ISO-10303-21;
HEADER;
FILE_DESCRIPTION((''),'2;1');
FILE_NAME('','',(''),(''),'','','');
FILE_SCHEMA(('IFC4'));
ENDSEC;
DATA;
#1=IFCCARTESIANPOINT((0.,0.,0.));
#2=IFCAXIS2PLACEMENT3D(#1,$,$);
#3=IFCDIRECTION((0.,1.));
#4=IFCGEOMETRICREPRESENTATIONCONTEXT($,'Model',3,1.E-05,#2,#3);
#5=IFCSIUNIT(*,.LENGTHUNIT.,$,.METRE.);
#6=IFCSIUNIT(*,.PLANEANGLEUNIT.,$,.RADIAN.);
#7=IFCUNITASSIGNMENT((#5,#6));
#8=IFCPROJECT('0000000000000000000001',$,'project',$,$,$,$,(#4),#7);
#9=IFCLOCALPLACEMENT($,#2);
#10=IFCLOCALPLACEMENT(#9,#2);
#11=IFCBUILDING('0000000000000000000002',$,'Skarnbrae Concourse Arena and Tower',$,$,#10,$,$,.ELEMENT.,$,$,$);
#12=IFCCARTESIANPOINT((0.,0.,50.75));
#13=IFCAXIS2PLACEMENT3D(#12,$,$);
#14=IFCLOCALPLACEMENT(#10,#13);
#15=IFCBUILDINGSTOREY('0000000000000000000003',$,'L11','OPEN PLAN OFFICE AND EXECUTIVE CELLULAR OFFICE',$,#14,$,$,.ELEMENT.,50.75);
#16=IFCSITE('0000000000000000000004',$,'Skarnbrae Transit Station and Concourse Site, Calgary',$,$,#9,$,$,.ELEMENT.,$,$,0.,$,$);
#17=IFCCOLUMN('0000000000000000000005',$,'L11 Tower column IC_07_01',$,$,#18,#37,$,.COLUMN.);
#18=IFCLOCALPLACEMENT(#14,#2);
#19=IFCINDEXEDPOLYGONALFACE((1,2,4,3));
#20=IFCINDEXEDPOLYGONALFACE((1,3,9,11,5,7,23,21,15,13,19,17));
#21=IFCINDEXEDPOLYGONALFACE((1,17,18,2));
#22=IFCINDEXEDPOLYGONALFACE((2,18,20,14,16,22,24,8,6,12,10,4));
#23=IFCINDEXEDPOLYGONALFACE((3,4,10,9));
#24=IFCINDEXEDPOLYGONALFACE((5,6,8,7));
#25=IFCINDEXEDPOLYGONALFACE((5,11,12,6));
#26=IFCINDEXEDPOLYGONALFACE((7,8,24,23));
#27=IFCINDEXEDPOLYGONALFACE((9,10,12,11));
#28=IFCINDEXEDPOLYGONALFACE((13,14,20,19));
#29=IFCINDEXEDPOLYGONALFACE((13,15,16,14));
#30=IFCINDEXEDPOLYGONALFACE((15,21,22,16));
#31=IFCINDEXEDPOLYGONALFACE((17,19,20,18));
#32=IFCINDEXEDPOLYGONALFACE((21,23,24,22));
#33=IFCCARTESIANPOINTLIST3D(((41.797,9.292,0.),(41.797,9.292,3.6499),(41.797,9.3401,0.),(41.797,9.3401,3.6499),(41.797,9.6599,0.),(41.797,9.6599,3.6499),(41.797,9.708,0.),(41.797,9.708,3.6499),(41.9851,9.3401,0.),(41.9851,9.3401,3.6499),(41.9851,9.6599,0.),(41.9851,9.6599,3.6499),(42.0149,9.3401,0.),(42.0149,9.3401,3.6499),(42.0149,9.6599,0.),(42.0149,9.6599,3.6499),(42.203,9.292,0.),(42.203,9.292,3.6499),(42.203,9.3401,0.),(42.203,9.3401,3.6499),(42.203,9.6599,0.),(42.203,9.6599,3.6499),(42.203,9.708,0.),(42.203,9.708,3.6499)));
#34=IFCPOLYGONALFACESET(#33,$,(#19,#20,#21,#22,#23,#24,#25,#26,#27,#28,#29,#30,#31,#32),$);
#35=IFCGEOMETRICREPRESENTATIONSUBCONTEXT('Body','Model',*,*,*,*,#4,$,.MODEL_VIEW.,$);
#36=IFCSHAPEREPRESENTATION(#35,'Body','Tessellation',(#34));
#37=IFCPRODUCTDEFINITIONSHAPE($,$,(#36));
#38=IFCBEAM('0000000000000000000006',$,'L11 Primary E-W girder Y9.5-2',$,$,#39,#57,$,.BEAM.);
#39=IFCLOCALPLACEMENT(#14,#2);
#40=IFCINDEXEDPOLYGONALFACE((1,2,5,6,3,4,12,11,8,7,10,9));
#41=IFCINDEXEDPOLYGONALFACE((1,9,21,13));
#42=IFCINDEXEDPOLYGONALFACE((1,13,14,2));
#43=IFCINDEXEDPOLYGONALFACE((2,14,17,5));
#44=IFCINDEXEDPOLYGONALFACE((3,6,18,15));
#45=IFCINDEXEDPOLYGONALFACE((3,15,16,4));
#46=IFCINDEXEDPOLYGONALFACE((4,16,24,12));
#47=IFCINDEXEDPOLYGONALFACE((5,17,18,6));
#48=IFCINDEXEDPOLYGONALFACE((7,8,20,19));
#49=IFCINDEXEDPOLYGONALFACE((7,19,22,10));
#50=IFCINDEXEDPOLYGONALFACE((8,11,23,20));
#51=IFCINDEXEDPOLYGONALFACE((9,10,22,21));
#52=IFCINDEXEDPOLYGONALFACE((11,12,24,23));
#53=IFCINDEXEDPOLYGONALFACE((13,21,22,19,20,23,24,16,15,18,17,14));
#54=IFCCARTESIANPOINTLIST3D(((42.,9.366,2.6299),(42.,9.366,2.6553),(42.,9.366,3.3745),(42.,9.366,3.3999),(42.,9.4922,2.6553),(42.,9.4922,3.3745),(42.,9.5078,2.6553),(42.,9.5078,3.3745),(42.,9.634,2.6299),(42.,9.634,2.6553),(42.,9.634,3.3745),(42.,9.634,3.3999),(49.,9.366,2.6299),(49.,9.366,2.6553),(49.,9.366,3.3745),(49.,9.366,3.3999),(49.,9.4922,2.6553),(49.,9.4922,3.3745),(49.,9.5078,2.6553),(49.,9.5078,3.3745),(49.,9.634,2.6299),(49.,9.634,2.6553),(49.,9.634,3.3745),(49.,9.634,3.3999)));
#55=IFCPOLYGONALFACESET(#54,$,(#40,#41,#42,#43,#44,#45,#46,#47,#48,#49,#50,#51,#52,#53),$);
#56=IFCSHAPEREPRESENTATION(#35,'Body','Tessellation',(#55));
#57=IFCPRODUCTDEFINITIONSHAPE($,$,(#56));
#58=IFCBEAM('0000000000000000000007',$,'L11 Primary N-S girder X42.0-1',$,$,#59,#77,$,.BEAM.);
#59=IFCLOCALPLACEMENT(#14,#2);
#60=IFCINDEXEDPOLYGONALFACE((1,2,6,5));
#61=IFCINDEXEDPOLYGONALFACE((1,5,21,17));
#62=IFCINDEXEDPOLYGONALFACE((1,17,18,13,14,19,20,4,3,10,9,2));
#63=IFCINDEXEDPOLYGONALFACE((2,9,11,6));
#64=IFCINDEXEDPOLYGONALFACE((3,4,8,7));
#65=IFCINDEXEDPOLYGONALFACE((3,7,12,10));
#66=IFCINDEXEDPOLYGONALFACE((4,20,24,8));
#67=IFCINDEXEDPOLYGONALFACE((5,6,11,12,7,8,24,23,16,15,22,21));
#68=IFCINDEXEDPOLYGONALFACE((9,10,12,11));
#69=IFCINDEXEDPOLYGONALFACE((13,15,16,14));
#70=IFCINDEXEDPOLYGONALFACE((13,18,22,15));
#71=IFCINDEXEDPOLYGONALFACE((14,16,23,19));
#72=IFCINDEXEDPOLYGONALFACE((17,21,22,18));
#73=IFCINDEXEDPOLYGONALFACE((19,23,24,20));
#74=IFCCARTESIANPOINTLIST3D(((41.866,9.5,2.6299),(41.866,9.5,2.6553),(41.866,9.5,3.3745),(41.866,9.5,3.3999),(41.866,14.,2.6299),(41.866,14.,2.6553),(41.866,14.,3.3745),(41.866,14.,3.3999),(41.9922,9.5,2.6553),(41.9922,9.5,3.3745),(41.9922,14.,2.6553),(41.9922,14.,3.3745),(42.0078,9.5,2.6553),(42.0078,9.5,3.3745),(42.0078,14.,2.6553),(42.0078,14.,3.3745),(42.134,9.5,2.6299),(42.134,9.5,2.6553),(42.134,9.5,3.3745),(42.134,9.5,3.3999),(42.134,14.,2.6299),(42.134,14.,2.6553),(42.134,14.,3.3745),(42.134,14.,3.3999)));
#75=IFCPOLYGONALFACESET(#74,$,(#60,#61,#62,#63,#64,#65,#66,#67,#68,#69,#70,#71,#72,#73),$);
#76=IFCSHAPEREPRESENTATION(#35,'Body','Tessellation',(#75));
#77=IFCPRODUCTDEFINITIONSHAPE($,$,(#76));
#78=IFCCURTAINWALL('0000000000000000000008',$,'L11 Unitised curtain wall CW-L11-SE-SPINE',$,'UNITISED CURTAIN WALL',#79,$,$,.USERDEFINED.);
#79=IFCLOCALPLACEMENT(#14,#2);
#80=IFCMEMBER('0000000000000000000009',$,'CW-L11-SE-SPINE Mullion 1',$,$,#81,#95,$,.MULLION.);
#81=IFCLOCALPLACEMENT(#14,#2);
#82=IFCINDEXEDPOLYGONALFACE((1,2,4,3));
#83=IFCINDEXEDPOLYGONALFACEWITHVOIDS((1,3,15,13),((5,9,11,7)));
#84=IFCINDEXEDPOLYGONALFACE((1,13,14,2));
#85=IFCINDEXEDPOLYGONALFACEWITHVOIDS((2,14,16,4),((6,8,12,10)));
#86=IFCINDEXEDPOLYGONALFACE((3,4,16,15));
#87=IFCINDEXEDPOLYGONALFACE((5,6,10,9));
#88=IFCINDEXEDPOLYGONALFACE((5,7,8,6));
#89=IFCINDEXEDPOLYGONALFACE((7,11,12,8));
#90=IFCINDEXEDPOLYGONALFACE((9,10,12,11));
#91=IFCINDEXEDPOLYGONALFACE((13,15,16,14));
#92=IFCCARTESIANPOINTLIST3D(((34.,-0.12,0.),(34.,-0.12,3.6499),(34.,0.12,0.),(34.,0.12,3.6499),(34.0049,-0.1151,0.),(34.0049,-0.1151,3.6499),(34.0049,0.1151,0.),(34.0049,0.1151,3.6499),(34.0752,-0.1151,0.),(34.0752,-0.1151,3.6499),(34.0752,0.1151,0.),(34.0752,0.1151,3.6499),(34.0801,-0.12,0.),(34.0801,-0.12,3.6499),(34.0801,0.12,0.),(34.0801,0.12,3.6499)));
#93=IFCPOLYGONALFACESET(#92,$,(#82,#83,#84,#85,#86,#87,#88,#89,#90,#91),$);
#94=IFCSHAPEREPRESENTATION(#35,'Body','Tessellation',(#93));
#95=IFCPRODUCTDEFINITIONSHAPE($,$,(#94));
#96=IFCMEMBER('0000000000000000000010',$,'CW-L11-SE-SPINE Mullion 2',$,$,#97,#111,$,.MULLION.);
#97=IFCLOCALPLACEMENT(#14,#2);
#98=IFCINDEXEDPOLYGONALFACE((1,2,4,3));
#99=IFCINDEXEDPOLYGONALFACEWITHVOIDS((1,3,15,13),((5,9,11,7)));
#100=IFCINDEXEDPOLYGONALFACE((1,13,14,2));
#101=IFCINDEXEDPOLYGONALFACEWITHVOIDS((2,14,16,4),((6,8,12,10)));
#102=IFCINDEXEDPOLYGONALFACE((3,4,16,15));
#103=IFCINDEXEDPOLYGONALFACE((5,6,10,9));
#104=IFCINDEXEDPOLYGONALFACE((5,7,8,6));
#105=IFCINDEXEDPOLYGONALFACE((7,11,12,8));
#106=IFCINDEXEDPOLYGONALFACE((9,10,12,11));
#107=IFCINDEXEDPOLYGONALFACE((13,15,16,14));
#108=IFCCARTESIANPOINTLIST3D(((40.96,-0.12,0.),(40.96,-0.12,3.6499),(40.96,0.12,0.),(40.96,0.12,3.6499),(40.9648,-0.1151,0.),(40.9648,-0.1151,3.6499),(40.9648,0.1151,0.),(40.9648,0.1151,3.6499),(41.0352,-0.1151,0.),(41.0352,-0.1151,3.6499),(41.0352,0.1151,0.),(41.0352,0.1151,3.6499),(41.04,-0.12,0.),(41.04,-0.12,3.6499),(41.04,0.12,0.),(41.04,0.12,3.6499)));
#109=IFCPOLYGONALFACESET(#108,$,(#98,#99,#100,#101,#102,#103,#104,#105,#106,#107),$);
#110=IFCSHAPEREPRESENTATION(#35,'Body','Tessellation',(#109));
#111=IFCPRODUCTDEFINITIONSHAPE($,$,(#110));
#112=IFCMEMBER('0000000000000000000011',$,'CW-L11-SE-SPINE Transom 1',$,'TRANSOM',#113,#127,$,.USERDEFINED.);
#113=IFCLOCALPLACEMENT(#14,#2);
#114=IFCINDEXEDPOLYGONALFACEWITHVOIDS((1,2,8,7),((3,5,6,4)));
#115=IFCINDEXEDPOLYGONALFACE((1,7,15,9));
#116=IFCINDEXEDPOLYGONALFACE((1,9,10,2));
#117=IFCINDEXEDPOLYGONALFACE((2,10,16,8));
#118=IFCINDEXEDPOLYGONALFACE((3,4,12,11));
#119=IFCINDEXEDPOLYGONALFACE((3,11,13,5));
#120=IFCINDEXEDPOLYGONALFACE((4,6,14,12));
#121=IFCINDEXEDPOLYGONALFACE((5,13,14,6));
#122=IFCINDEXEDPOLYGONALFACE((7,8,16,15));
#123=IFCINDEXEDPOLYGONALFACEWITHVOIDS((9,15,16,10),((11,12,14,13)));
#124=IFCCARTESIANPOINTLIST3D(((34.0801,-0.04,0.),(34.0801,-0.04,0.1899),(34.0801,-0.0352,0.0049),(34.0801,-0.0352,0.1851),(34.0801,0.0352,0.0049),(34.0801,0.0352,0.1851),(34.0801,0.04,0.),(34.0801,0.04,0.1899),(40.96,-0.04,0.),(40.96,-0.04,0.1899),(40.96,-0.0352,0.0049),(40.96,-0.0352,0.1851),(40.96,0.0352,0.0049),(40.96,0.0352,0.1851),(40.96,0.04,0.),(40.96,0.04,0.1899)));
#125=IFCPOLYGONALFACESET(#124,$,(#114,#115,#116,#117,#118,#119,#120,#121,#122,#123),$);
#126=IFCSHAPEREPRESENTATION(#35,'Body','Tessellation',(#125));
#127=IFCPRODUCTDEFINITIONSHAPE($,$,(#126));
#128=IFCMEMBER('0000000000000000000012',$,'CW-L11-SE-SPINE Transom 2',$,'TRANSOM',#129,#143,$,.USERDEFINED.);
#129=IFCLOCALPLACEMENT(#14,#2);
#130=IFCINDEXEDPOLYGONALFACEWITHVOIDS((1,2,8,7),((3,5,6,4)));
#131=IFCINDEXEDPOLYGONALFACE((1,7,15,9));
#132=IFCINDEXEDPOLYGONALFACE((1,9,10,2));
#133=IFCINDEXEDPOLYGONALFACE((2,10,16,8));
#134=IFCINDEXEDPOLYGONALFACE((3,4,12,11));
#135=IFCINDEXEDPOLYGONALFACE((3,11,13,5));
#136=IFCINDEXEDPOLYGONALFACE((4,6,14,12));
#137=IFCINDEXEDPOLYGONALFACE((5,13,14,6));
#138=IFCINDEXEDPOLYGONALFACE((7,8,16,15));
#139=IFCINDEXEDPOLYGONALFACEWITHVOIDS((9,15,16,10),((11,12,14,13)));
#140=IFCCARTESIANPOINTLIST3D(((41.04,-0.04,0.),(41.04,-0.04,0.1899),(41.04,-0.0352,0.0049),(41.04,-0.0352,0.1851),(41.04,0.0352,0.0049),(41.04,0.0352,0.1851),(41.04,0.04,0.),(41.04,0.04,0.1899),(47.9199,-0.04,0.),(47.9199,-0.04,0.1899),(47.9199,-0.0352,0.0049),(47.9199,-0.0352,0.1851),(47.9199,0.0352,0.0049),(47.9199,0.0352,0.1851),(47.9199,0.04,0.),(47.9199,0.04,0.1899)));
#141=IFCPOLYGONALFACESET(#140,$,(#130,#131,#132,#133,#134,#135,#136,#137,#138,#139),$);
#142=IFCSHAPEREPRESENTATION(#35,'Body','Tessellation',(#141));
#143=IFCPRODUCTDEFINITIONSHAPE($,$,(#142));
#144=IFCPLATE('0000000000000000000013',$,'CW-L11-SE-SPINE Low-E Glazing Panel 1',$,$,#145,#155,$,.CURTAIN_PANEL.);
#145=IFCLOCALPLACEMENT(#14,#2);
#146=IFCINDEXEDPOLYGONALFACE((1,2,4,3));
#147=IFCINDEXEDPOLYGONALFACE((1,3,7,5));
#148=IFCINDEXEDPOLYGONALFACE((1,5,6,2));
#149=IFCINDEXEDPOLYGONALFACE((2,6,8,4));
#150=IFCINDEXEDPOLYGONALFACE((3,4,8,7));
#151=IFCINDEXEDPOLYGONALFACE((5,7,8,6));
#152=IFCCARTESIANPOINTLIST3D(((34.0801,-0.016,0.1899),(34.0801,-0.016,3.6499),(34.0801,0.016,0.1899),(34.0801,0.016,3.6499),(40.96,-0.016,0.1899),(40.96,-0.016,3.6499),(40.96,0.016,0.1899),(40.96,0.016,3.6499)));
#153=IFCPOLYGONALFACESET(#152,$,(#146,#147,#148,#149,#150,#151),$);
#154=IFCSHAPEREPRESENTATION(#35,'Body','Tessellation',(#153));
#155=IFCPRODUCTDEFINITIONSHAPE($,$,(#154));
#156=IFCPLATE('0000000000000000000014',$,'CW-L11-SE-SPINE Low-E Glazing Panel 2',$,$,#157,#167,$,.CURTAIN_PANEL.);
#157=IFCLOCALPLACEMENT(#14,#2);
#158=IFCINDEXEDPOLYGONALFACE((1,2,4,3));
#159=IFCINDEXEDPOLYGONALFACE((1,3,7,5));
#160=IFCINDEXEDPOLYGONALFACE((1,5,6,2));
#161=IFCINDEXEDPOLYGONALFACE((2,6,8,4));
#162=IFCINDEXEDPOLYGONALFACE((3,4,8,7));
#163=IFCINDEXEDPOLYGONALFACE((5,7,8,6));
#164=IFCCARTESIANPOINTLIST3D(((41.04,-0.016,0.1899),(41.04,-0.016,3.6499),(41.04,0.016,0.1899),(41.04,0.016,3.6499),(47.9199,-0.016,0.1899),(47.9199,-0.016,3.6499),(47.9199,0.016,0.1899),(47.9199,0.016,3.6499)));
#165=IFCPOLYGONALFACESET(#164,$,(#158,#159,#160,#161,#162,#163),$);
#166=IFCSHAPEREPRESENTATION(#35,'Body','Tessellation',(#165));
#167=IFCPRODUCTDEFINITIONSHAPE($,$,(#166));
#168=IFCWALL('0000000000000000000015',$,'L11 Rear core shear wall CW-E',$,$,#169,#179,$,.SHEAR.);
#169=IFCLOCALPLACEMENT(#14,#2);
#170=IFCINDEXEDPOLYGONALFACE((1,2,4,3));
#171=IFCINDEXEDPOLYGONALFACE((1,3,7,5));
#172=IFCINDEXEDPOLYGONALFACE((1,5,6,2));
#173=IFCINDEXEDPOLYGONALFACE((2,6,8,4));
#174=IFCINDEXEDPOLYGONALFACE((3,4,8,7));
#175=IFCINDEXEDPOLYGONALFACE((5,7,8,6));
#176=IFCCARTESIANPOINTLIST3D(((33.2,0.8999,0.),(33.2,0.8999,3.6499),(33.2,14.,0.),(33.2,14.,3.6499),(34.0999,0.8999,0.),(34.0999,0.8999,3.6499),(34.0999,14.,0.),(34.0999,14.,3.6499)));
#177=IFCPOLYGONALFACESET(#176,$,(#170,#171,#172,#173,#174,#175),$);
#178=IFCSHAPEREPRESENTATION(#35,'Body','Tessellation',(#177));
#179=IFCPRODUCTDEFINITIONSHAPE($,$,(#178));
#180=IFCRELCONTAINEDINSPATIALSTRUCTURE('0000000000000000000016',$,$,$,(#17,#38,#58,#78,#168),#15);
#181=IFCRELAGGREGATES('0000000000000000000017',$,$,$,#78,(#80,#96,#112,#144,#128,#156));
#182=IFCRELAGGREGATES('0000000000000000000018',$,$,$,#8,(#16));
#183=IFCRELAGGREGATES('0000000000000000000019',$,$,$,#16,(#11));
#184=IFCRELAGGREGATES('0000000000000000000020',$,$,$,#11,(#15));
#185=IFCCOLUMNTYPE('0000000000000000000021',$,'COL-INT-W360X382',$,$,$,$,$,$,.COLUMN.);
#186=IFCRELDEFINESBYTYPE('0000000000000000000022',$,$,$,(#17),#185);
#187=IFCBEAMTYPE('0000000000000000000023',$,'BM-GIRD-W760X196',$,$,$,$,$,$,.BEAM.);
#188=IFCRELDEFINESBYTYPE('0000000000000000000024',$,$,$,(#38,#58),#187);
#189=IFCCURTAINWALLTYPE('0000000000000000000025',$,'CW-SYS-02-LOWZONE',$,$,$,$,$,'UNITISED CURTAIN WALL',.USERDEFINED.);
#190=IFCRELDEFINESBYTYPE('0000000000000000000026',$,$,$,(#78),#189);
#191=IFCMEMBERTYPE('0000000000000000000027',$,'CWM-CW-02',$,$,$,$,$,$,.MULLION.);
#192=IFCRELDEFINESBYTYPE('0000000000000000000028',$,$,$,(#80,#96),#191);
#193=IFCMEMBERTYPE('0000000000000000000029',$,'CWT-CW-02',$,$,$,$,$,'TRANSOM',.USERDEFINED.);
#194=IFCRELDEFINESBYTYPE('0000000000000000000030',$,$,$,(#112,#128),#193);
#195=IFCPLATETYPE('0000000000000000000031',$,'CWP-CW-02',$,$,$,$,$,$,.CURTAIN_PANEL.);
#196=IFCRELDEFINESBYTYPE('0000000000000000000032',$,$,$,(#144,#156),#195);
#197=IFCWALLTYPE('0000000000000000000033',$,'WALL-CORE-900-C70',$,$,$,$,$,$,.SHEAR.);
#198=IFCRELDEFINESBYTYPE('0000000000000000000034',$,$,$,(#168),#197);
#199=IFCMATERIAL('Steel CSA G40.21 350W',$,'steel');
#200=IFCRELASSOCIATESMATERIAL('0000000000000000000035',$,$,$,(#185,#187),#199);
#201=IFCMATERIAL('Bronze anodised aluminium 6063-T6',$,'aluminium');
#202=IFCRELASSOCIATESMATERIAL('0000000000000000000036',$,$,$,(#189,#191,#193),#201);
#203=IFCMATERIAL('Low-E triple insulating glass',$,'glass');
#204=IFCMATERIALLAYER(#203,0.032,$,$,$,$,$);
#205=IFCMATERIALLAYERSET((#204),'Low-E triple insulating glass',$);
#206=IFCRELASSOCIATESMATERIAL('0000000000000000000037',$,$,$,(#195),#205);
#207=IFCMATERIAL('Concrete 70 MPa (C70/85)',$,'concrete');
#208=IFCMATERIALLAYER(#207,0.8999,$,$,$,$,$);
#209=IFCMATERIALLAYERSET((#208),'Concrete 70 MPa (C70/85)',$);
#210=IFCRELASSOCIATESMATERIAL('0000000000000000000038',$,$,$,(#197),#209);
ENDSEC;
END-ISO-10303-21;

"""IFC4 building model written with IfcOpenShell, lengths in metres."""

from ifc_helpers import new_model, si_unit, direction, frame, frame_2d, origin, origin_2d, place, context, subcontext, project, spatial, rectangle, hollow_rectangle, i_section, extrude, source, transform, mapped, material, layer, layer_set, material_profile, profile_set, type_object, element, aggregate, save


model = new_model("IFC4")

# Units and contexts
model_context = context("Model", 3, precision=1e-05, world=origin(), true_north=direction((0.0, 1.0)))
body_context = subcontext(model_context, "Body", "Model", "MODEL_VIEW")
ifc_project = project(units=[si_unit("LENGTHUNIT", "METRE"), si_unit("PLANEANGLEUNIT", "RADIAN")], contexts=[model_context])

# Site, building, storey
site_placement = place(None, origin())
site = spatial("IfcSite", under=ifc_project, at=site_placement, Name="Skarnbrae Transit Station and Concourse Site, Calgary", CompositionType="ELEMENT", RefElevation=0.0)
building_placement = place(site_placement, origin())
building = spatial("IfcBuilding", under=site, at=building_placement, Name="Skarnbrae Concourse Arena and Tower", CompositionType="ELEMENT")
storey_placement = place(building_placement, frame((0.0, 0.0, 50.75)))
storey = spatial("IfcBuildingStorey", under=building, at=storey_placement, Name="L11", Description="OPEN PLAN OFFICE AND EXECUTIVE CELLULAR OFFICE", CompositionType="ELEMENT", Elevation=50.75)

# Column
ifc_material_1 = material(Name="Steel CSA G40.21 350W", Category="steel")
ifc_material_profile_1 = material_profile(ifc_material_1, i_section(OverallWidth=0.406, OverallDepth=0.416, WebThickness=0.0298, FlangeThickness=0.0481, at=origin_2d()), Name="W360X382")
ifc_profile_set_1 = profile_set([ifc_material_profile_1], Name="Steel CSA G40.21 350W")
column_type = type_object("IfcColumnType", Name="COL-INT-W360X382", PredefinedType="COLUMN", material=ifc_profile_set_1)
shared_shape_1 = source(origin(), body_context, "Body", "SweptSolid", [
    extrude(i_section(OverallWidth=0.406, OverallDepth=0.416, WebThickness=0.0298, FlangeThickness=0.0481, at=origin_2d()), origin(), (0.0, 0.0, 1.0), 3.6499),
])
column_placement = place(storey_placement, frame((42.0, 9.5, 0.0), z_axis=(0.0, 0.0, 1.0), x_axis=(1.0, 0.0, 0.0)))
element("IfcColumn", 1, at=column_placement, inside=storey, type_object=column_type, Name="L11 Tower column IC_07_01", PredefinedType="COLUMN", context=body_context, shape_type="MappedRepresentation", body=[
    mapped(shared_shape_1, transform((0.0, 0.0, 0.0))),
])

# Beams
ifc_material_profile_2 = material_profile(ifc_material_1, i_section(OverallWidth=0.2681, OverallDepth=0.77, WebThickness=0.0156, FlangeThickness=0.0254, at=origin_2d()), Name="W760X196")
ifc_profile_set_2 = profile_set([ifc_material_profile_2], Name="Steel CSA G40.21 350W")
beam_type = type_object("IfcBeamType", Name="BM-GIRD-W760X196", PredefinedType="BEAM", material=ifc_profile_set_2)
shared_shape_2 = source(origin(), body_context, "Body", "SweptSolid", [
    extrude(i_section(OverallWidth=0.2681, OverallDepth=0.77, WebThickness=0.0156, FlangeThickness=0.0254, at=origin_2d()), origin(), (0.0, 0.0, 1.0), 7.0),
])
beam_1_placement = place(storey_placement, frame((42.0, 9.5, 3.0149), z_axis=(1.0, 0.0, 0.0), x_axis=(0.0, 1.0, 0.0)))
element("IfcBeam", 2, at=beam_1_placement, inside=storey, type_object=beam_type, Name="L11 Primary E-W girder Y9.5-2", PredefinedType="BEAM", context=body_context, shape_type="MappedRepresentation", body=[
    mapped(shared_shape_2, transform((0.0, 0.0, 0.0))),
])
shared_shape_3 = source(origin(), body_context, "Body", "SweptSolid", [
    extrude(i_section(OverallWidth=0.2681, OverallDepth=0.77, WebThickness=0.0156, FlangeThickness=0.0254, at=origin_2d()), origin(), (0.0, 0.0, 1.0), 4.5),
])
beam_2_placement = place(storey_placement, frame((42.0, 9.5, 3.0149), z_axis=(0.0, 1.0, 0.0), x_axis=(-1.0, 0.0, 0.0)))
element("IfcBeam", 3, at=beam_2_placement, inside=storey, type_object=beam_type, Name="L11 Primary N-S girder X42.0-1", PredefinedType="BEAM", context=body_context, shape_type="MappedRepresentation", body=[
    mapped(shared_shape_3, transform((0.0, 0.0, 0.0))),
])

# Curtain wall, members, plates
ifc_material_2 = material(Name="Bronze anodised aluminium 6063-T6", Category="aluminium")
curtain_wall_type = type_object("IfcCurtainWallType", Name="CW-SYS-02-LOWZONE", ElementType="UNITISED CURTAIN WALL", PredefinedType="USERDEFINED", material=ifc_material_2)
curtain_wall_placement = place(storey_placement, origin())
curtain_wall = element("IfcCurtainWall", 4, at=curtain_wall_placement, inside=storey, type_object=curtain_wall_type, Name="L11 Unitised curtain wall CW-L11-SE-SPINE", ObjectType="UNITISED CURTAIN WALL", PredefinedType="USERDEFINED")
ifc_material_profile_3 = material_profile(ifc_material_2, hollow_rectangle(XDim=0.0801, YDim=0.24, WallThickness=0.0049, at=origin_2d()), Name="ALU-MULL-80X240")
ifc_profile_set_3 = profile_set([ifc_material_profile_3], Name="Bronze anodised aluminium 6063-T6")
member_type_1 = type_object("IfcMemberType", Name="CWM-CW-02", PredefinedType="MULLION", material=ifc_profile_set_3)
shared_shape_4 = source(origin(), body_context, "Body", "SweptSolid", [
    extrude(hollow_rectangle(XDim=0.0801, YDim=0.24, WallThickness=0.0049, at=origin_2d()), origin(), (0.0, 0.0, 1.0), 3.6499),
])
member_1_placement = place(storey_placement, frame((34.04, 0.0, 0.0), z_axis=(0.0, 0.0, 1.0), x_axis=(1.0, 0.0, 0.0)))
member_1 = element("IfcMember", 5, at=member_1_placement, type_object=member_type_1, Name="CW-L11-SE-SPINE Mullion 1", PredefinedType="MULLION", context=body_context, shape_type="MappedRepresentation", body=[
    mapped(shared_shape_4, transform((0.0, 0.0, 0.0))),
])
member_2_placement = place(storey_placement, frame((41.0, 0.0, 0.0), z_axis=(0.0, 0.0, 1.0), x_axis=(1.0, 0.0, 0.0)))
member_2 = element("IfcMember", 6, at=member_2_placement, type_object=member_type_1, Name="CW-L11-SE-SPINE Mullion 2", PredefinedType="MULLION", context=body_context, shape_type="MappedRepresentation", body=[
    mapped(shared_shape_4, transform((0.0, 0.0, 0.0))),
])
ifc_material_profile_4 = material_profile(ifc_material_2, hollow_rectangle(XDim=0.0801, YDim=0.1899, WallThickness=0.0049, at=origin_2d()), Name="ALU-TRAN-80X190")
ifc_profile_set_4 = profile_set([ifc_material_profile_4], Name="Bronze anodised aluminium 6063-T6")
member_type_2 = type_object("IfcMemberType", Name="CWT-CW-02", ElementType="TRANSOM", PredefinedType="USERDEFINED", material=ifc_profile_set_4)
shared_shape_5 = source(origin(), body_context, "Body", "SweptSolid", [
    extrude(hollow_rectangle(XDim=0.0801, YDim=0.1899, WallThickness=0.0049, at=origin_2d()), origin(), (0.0, 0.0, 1.0), 6.8799),
])
member_3_placement = place(storey_placement, frame((34.0801, 0.0, 0.095), z_axis=(1.0, 0.0, 0.0), x_axis=(0.0, 1.0, 0.0)))
member_3 = element("IfcMember", 7, at=member_3_placement, type_object=member_type_2, Name="CW-L11-SE-SPINE Transom 1", ObjectType="TRANSOM", PredefinedType="USERDEFINED", context=body_context, shape_type="MappedRepresentation", body=[
    mapped(shared_shape_5, transform((0.0, 0.0, 0.0))),
])
member_4_placement = place(storey_placement, frame((41.04, 0.0, 0.095), z_axis=(1.0, 0.0, 0.0), x_axis=(0.0, 1.0, 0.0)))
member_4 = element("IfcMember", 8, at=member_4_placement, type_object=member_type_2, Name="CW-L11-SE-SPINE Transom 2", ObjectType="TRANSOM", PredefinedType="USERDEFINED", context=body_context, shape_type="MappedRepresentation", body=[
    mapped(shared_shape_5, transform((0.0, 0.0, 0.0))),
])
ifc_material_3 = material(Name="Low-E triple insulating glass", Category="glass")
ifc_layer_1 = layer(ifc_material_3, 0.032)
ifc_layer_set_1 = layer_set([ifc_layer_1], Name="Low-E triple insulating glass")
plate_type = type_object("IfcPlateType", Name="CWP-CW-02", PredefinedType="CURTAIN_PANEL", material=ifc_layer_set_1)
shared_shape_6 = source(origin(), body_context, "Body", "SweptSolid", [
    extrude(rectangle(XDim=6.8799, YDim=0.032, at=origin_2d()), origin(), (0.0, 0.0, 1.0), 3.46),
])
plate_1_placement = place(storey_placement, frame((37.52, 0.0, 0.1899), z_axis=(0.0, 0.0, 1.0), x_axis=(1.0, 0.0, 0.0)))
plate_1 = element("IfcPlate", 9, at=plate_1_placement, type_object=plate_type, Name="CW-L11-SE-SPINE Low-E Glazing Panel 1", PredefinedType="CURTAIN_PANEL", context=body_context, shape_type="MappedRepresentation", body=[
    mapped(shared_shape_6, transform((0.0, 0.0, 0.0))),
])
plate_2_placement = place(storey_placement, frame((44.48, 0.0, 0.1899), z_axis=(0.0, 0.0, 1.0), x_axis=(1.0, 0.0, 0.0)))
plate_2 = element("IfcPlate", 10, at=plate_2_placement, type_object=plate_type, Name="CW-L11-SE-SPINE Low-E Glazing Panel 2", PredefinedType="CURTAIN_PANEL", context=body_context, shape_type="MappedRepresentation", body=[
    mapped(shared_shape_6, transform((0.0, 0.0, 0.0))),
])
aggregate(curtain_wall, [member_1, member_2, member_3, plate_1, member_4, plate_2])

# Wall
ifc_material_4 = material(Name="Concrete 70 MPa (C70/85)", Category="concrete")
ifc_layer_2 = layer(ifc_material_4, 0.8999)
ifc_layer_set_2 = layer_set([ifc_layer_2], Name="Concrete 70 MPa (C70/85)")
wall_type_1 = type_object("IfcWallType", Name="WALL-CORE-900-C70", PredefinedType="SHEAR", material=ifc_layer_set_2)
shared_shape_7 = source(origin(), body_context, "Body", "SweptSolid", [
    extrude(rectangle(XDim=13.1001, YDim=0.8999, at=frame_2d((6.55, 0.0))), origin(), (0.0, 0.0, 1.0), 3.6499),
])
wall_1_placement = place(storey_placement, frame((33.6499, 0.8999, 0.0), z_axis=(0.0, 0.0, 1.0), x_axis=(0.0, 1.0, 0.0)))
element("IfcWall", 11, at=wall_1_placement, inside=storey, type_object=wall_type_1, Name="L11 Rear core shear wall CW-E", PredefinedType="SHEAR", context=body_context, shape_type="MappedRepresentation", body=[
    mapped(shared_shape_7, transform((0.0, 0.0, 0.0))),
])

save(model, "model.ifc")
